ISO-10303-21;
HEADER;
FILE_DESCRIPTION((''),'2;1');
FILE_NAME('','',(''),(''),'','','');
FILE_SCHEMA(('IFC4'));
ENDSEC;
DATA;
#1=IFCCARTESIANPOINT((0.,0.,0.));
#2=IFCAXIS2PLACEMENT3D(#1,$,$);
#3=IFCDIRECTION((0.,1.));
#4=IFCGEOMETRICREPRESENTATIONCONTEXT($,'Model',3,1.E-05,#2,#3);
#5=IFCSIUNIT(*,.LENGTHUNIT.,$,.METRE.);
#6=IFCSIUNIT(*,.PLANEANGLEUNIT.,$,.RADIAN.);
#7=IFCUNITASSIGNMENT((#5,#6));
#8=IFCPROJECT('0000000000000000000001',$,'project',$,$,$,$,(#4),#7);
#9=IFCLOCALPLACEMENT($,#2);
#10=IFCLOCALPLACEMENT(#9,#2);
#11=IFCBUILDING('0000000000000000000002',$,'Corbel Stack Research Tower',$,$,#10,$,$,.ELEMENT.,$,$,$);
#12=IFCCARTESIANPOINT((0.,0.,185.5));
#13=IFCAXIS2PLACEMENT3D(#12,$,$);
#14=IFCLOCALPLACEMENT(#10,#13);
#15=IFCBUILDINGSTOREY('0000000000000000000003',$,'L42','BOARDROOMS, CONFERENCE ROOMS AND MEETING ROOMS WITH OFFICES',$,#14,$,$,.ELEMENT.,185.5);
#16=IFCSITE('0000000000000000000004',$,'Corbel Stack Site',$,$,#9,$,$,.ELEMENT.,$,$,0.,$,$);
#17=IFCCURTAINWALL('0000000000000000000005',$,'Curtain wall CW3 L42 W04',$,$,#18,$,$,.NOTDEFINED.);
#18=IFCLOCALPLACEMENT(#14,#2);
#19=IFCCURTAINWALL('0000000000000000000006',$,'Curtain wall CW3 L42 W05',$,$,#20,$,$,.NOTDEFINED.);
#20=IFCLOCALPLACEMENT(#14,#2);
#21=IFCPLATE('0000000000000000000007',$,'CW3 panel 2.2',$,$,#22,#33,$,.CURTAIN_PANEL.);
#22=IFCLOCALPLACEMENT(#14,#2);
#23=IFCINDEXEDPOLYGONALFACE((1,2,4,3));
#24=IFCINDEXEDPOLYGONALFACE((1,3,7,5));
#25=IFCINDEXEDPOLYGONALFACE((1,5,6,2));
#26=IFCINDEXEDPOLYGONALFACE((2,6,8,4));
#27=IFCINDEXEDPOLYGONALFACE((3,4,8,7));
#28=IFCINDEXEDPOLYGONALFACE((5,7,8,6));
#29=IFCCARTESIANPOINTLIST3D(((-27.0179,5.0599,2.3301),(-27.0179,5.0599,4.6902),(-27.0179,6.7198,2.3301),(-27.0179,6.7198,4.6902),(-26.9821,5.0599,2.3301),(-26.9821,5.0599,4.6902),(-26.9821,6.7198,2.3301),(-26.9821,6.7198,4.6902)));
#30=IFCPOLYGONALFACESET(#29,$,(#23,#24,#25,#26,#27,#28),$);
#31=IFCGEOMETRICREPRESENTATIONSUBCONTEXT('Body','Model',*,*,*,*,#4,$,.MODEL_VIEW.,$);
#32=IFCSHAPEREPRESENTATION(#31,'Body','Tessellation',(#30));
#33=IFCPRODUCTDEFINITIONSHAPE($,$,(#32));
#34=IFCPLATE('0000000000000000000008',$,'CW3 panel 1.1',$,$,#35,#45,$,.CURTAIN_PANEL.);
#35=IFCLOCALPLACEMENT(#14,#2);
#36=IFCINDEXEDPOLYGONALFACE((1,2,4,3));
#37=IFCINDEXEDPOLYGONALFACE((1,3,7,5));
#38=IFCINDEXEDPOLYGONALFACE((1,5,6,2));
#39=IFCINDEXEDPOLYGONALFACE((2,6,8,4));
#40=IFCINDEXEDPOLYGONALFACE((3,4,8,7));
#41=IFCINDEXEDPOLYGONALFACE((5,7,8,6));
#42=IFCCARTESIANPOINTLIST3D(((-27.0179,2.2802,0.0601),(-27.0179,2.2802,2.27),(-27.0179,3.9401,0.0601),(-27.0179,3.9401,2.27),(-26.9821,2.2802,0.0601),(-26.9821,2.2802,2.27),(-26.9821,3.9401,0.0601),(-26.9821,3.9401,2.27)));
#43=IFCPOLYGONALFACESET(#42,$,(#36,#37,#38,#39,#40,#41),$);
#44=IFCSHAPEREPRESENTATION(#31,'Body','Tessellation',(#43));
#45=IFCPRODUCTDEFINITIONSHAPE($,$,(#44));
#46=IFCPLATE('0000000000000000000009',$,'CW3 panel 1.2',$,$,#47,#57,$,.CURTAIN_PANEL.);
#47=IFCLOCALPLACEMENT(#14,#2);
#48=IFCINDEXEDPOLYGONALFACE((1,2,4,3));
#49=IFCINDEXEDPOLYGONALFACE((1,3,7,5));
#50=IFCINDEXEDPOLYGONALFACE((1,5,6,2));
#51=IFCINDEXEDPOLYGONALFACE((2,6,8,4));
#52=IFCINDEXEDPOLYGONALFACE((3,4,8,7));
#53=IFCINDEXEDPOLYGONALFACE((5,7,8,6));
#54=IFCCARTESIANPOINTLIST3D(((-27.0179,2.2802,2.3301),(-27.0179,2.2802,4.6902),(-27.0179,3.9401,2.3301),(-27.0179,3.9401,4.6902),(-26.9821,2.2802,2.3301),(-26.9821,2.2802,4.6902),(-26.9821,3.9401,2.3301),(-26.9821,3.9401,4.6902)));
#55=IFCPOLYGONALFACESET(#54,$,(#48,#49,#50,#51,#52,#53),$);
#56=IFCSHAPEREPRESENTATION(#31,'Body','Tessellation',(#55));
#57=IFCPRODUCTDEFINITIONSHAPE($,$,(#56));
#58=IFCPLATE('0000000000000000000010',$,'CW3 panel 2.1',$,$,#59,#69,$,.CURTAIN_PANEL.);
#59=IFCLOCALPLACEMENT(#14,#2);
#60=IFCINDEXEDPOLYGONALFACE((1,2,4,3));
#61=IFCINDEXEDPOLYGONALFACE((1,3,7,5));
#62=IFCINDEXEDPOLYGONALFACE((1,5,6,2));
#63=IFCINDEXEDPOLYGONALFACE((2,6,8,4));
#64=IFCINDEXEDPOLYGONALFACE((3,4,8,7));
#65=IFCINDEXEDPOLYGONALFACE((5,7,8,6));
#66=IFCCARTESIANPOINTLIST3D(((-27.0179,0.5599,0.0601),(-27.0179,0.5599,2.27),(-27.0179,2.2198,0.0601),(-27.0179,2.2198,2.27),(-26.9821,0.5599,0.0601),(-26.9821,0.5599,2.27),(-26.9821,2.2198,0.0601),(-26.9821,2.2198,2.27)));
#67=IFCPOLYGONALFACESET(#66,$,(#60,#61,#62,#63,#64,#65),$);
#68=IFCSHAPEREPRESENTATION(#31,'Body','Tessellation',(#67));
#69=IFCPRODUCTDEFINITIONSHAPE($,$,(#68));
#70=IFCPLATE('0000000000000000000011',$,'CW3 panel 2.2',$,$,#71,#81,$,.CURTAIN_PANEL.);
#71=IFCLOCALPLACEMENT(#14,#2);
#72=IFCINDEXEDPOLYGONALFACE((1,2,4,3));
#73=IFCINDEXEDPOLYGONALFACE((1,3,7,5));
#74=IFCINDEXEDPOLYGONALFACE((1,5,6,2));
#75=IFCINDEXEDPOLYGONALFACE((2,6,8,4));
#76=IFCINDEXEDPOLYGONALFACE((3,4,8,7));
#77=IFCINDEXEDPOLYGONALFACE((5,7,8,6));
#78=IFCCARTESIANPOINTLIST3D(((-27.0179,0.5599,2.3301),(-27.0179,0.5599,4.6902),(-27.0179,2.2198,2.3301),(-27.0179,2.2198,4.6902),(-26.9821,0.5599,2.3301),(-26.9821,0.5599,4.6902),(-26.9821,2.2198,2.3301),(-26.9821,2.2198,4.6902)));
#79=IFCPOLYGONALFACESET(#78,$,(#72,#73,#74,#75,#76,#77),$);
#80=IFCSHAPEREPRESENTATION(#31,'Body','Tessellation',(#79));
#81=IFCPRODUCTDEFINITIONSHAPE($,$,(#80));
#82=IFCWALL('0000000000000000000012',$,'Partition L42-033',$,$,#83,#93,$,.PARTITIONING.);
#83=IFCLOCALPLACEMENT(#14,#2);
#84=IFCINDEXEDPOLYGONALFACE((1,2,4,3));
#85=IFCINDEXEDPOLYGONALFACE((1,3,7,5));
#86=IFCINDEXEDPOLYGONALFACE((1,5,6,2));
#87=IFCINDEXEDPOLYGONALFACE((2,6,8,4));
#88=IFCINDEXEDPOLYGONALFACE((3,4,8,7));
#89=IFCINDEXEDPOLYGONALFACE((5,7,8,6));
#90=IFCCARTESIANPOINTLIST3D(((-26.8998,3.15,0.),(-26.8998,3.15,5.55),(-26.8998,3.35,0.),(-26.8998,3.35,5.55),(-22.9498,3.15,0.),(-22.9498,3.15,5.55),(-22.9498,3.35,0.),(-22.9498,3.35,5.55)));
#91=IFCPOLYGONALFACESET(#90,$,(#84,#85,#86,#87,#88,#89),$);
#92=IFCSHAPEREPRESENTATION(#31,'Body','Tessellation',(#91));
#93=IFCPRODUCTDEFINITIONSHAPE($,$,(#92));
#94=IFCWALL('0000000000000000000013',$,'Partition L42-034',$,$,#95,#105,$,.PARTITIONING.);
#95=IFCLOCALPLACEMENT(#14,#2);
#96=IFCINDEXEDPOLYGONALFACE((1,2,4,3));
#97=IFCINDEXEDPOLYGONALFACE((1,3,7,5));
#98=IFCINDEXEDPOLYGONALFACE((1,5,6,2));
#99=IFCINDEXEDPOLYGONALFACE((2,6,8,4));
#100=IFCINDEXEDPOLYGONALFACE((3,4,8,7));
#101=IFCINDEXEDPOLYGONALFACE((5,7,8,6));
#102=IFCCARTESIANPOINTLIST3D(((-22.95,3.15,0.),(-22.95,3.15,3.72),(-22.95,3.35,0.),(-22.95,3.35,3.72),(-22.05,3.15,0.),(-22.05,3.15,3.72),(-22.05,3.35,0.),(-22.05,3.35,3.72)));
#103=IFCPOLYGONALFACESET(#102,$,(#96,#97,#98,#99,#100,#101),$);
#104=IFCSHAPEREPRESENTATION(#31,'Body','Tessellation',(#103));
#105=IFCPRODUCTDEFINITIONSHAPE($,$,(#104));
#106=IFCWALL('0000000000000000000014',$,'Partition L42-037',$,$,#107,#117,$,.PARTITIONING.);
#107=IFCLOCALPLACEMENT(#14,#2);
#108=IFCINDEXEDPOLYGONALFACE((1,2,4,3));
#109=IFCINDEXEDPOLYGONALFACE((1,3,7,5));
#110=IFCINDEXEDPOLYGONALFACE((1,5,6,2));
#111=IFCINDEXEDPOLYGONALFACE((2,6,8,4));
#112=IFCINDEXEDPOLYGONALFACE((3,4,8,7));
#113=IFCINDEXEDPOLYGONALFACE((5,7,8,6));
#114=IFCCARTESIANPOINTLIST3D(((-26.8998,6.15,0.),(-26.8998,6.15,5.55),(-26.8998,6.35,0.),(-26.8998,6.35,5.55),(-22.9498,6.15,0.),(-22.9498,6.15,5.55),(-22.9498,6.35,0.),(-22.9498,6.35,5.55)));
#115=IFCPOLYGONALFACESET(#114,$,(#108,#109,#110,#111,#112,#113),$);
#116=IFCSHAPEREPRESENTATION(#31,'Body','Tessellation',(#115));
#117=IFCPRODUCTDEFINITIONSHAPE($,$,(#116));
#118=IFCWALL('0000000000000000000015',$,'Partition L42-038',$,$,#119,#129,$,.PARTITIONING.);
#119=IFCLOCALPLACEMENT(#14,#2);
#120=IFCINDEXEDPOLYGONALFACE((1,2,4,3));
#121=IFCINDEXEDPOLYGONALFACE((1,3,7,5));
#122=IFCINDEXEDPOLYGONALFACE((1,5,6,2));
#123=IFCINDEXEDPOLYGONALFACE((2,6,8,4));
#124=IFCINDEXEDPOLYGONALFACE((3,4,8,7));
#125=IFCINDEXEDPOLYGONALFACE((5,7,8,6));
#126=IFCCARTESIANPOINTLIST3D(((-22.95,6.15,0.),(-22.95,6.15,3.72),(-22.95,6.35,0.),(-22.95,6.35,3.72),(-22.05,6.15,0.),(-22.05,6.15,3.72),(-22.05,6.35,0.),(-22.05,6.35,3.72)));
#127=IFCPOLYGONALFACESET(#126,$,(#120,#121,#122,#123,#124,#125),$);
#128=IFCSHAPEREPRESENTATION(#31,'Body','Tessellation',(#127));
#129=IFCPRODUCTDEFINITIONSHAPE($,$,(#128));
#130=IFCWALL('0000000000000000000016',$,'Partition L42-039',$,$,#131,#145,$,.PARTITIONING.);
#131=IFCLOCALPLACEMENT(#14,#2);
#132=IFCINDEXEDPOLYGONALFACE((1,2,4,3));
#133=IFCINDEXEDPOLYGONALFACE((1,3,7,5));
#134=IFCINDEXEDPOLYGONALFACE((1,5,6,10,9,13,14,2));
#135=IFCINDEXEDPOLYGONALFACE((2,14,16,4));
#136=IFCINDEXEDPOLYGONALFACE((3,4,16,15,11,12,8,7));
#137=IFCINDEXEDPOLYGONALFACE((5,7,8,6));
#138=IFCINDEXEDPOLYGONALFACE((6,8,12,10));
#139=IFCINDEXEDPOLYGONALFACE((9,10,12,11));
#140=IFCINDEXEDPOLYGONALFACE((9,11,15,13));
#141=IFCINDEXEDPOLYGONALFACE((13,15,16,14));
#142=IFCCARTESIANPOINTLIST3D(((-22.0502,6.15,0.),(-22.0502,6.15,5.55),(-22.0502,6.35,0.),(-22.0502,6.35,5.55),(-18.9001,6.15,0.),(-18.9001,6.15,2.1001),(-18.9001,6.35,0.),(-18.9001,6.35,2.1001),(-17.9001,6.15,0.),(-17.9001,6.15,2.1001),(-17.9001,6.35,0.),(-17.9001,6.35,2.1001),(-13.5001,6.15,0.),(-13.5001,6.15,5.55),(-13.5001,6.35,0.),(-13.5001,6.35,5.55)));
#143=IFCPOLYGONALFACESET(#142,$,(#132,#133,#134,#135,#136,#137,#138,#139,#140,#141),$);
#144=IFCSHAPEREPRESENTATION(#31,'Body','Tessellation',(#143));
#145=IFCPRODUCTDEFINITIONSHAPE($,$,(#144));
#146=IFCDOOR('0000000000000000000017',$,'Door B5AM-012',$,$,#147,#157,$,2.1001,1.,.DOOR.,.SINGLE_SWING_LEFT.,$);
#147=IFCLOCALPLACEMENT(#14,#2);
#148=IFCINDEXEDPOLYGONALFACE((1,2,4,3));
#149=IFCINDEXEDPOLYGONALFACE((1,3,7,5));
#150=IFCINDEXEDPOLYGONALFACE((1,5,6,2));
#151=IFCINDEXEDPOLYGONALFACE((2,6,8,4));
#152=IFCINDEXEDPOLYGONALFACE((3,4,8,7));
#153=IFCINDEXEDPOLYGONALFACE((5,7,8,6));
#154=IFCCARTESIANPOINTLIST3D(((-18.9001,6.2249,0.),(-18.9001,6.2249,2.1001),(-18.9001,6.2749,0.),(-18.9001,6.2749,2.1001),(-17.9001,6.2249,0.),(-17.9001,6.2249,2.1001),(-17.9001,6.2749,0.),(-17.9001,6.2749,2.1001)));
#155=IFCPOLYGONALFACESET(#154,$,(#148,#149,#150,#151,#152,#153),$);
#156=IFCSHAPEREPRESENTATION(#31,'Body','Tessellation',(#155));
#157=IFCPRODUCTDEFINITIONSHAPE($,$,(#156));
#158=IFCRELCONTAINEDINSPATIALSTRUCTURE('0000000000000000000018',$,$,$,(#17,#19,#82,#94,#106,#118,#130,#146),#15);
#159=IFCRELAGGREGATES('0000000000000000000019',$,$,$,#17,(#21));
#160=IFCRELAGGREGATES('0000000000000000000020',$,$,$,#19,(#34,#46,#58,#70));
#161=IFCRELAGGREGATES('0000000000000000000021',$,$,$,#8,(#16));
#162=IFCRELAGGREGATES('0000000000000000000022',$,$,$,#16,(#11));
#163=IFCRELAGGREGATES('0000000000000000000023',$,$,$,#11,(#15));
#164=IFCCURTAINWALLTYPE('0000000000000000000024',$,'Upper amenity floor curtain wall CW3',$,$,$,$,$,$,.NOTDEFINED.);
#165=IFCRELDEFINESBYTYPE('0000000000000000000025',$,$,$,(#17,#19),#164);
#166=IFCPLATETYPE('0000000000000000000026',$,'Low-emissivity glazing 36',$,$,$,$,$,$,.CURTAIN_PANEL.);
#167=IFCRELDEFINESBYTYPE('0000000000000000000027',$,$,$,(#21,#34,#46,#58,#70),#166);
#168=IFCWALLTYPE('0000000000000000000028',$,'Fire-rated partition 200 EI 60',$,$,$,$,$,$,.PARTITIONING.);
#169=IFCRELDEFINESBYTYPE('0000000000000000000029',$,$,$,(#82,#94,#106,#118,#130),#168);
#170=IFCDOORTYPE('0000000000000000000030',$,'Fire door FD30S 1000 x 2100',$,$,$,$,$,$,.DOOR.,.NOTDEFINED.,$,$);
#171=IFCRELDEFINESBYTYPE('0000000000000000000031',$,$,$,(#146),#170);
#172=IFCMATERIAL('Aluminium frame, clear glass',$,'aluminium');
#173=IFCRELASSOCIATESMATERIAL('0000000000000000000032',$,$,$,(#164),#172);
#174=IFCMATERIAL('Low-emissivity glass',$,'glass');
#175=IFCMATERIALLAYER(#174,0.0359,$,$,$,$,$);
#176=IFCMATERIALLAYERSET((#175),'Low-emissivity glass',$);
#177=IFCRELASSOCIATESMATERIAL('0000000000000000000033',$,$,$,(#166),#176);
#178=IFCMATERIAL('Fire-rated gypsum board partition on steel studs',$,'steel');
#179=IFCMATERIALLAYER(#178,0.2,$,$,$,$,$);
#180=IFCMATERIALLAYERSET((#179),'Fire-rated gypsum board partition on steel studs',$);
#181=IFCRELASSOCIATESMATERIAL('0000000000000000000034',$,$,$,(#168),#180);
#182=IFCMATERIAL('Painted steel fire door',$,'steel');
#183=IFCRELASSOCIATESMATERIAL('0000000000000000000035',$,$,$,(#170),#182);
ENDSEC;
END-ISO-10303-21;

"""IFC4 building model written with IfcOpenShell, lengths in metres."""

from ifc_helpers import new_model, si_unit, direction, frame, frame_2d, origin, origin_2d, place, context, subcontext, project, spatial, rectangle, extrude, material, layer, layer_set, type_object, element, fill, aggregate, save


model = new_model("IFC4")

# Units and contexts
model_context = context("Model", 3, precision=1e-05, world=origin(), true_north=direction((0.0, 1.0)))
body_context = subcontext(model_context, "Body", "Model", "MODEL_VIEW")
ifc_project = project(units=[si_unit("LENGTHUNIT", "METRE"), si_unit("PLANEANGLEUNIT", "RADIAN")], contexts=[model_context])

# Site, building, storey
site_placement = place(None, origin())
site = spatial("IfcSite", under=ifc_project, at=site_placement, Name="Corbel Stack Site", CompositionType="ELEMENT", RefElevation=0.0)
building_placement = place(site_placement, origin())
building = spatial("IfcBuilding", under=site, at=building_placement, Name="Corbel Stack Research Tower", CompositionType="ELEMENT")
storey_placement = place(building_placement, frame((0.0, 0.0, 185.5)))
storey = spatial("IfcBuildingStorey", under=building, at=storey_placement, Name="L42", Description="BOARDROOMS, CONFERENCE ROOMS AND MEETING ROOMS WITH OFFICES", CompositionType="ELEMENT", Elevation=185.5)

# Curtain wall
ifc_material_1 = material(Name="Aluminium frame, clear glass", Category="aluminium")
curtain_wall_type = type_object("IfcCurtainWallType", Name="Upper amenity floor curtain wall CW3", PredefinedType="NOTDEFINED", material=ifc_material_1)
curtain_wall_1_placement = place(storey_placement, origin())
curtain_wall_1 = element("IfcCurtainWall", 1, at=curtain_wall_1_placement, inside=storey, type_object=curtain_wall_type, Name="Curtain wall CW3 L42 W04", PredefinedType="NOTDEFINED")

# Curtain wall
curtain_wall_2_placement = place(storey_placement, origin())
curtain_wall_2 = element("IfcCurtainWall", 2, at=curtain_wall_2_placement, inside=storey, type_object=curtain_wall_type, Name="Curtain wall CW3 L42 W05", PredefinedType="NOTDEFINED")

# Plates
ifc_material_2 = material(Name="Low-emissivity glass", Category="glass")
ifc_layer_1 = layer(ifc_material_2, 0.0359)
ifc_layer_set_1 = layer_set([ifc_layer_1], Name="Low-emissivity glass")
plate_type = type_object("IfcPlateType", Name="Low-emissivity glazing 36", PredefinedType="CURTAIN_PANEL", material=ifc_layer_set_1)
plate_1_placement = place(storey_placement, frame((-27.0, 5.8899, 2.3301), z_axis=(0.0, 0.0, 1.0), x_axis=(0.0, -1.0, 0.0)))
plate_1 = element("IfcPlate", 3, at=plate_1_placement, type_object=plate_type, Name="CW3 panel 2.2", PredefinedType="CURTAIN_PANEL", context=body_context, shape_type="SweptSolid", body=[
    extrude(rectangle(XDim=1.6599, YDim=0.0359, at=origin_2d()), origin(), (0.0, 0.0, 1.0), 2.3601),
])
aggregate(curtain_wall_1, [plate_1])
plate_2_placement = place(storey_placement, frame((-27.0, 3.1101, 0.0601), z_axis=(0.0, 0.0, 1.0), x_axis=(0.0, -1.0, 0.0)))
plate_2 = element("IfcPlate", 4, at=plate_2_placement, type_object=plate_type, Name="CW3 panel 1.1", PredefinedType="CURTAIN_PANEL", context=body_context, shape_type="SweptSolid", body=[
    extrude(rectangle(XDim=1.6599, YDim=0.0359, at=origin_2d()), origin(), (0.0, 0.0, 1.0), 2.21),
])
plate_3_placement = place(storey_placement, frame((-27.0, 3.1101, 2.3301), z_axis=(0.0, 0.0, 1.0), x_axis=(0.0, -1.0, 0.0)))
plate_3 = element("IfcPlate", 5, at=plate_3_placement, type_object=plate_type, Name="CW3 panel 1.2", PredefinedType="CURTAIN_PANEL", context=body_context, shape_type="SweptSolid", body=[
    extrude(rectangle(XDim=1.6599, YDim=0.0359, at=origin_2d()), origin(), (0.0, 0.0, 1.0), 2.3601),
])
plate_4_placement = place(storey_placement, frame((-27.0, 1.3899, 0.0601), z_axis=(0.0, 0.0, 1.0), x_axis=(0.0, -1.0, 0.0)))
plate_4 = element("IfcPlate", 6, at=plate_4_placement, type_object=plate_type, Name="CW3 panel 2.1", PredefinedType="CURTAIN_PANEL", context=body_context, shape_type="SweptSolid", body=[
    extrude(rectangle(XDim=1.6599, YDim=0.0359, at=origin_2d()), origin(), (0.0, 0.0, 1.0), 2.21),
])
plate_5_placement = place(storey_placement, frame((-27.0, 1.3899, 2.3301), z_axis=(0.0, 0.0, 1.0), x_axis=(0.0, -1.0, 0.0)))
plate_5 = element("IfcPlate", 7, at=plate_5_placement, type_object=plate_type, Name="CW3 panel 2.2", PredefinedType="CURTAIN_PANEL", context=body_context, shape_type="SweptSolid", body=[
    extrude(rectangle(XDim=1.6599, YDim=0.0359, at=origin_2d()), origin(), (0.0, 0.0, 1.0), 2.3601),
])
aggregate(curtain_wall_2, [plate_2, plate_3, plate_4, plate_5])

# Walls
ifc_material_3 = material(Name="Fire-rated gypsum board partition on steel studs", Category="steel")
ifc_layer_2 = layer(ifc_material_3, 0.2)
ifc_layer_set_2 = layer_set([ifc_layer_2], Name="Fire-rated gypsum board partition on steel studs")
wall_type = type_object("IfcWallType", Name="Fire-rated partition 200 EI 60", PredefinedType="PARTITIONING", material=ifc_layer_set_2)
wall_1_placement = place(storey_placement, frame((-26.8999, 3.25, 0.0), z_axis=(0.0, 0.0, 1.0), x_axis=(1.0, 0.0, 0.0)))
element("IfcWall", 8, at=wall_1_placement, inside=storey, type_object=wall_type, Name="Partition L42-033", PredefinedType="PARTITIONING", context=body_context, shape_type="SweptSolid", body=[
    extrude(rectangle(XDim=3.95, YDim=0.2, at=frame_2d((1.9751, 0.0))), origin(), (0.0, 0.0, 1.0), 5.55),
])
wall_2_placement = place(storey_placement, frame((-22.95, 3.25, 0.0), z_axis=(0.0, 0.0, 1.0), x_axis=(1.0, 0.0, 0.0)))
element("IfcWall", 9, at=wall_2_placement, inside=storey, type_object=wall_type, Name="Partition L42-034", PredefinedType="PARTITIONING", context=body_context, shape_type="SweptSolid", body=[
    extrude(rectangle(XDim=0.8999, YDim=0.2, at=frame_2d((0.45, 0.0))), origin(), (0.0, 0.0, 1.0), 3.72),
])
wall_3_placement = place(storey_placement, frame((-26.8999, 6.25, 0.0), z_axis=(0.0, 0.0, 1.0), x_axis=(1.0, 0.0, 0.0)))
element("IfcWall", 10, at=wall_3_placement, inside=storey, type_object=wall_type, Name="Partition L42-037", PredefinedType="PARTITIONING", context=body_context, shape_type="SweptSolid", body=[
    extrude(rectangle(XDim=3.95, YDim=0.2, at=frame_2d((1.9751, 0.0))), origin(), (0.0, 0.0, 1.0), 5.55),
])
wall_4_placement = place(storey_placement, frame((-22.95, 6.25, 0.0), z_axis=(0.0, 0.0, 1.0), x_axis=(1.0, 0.0, 0.0)))
element("IfcWall", 11, at=wall_4_placement, inside=storey, type_object=wall_type, Name="Partition L42-038", PredefinedType="PARTITIONING", context=body_context, shape_type="SweptSolid", body=[
    extrude(rectangle(XDim=0.8999, YDim=0.2, at=frame_2d((0.45, 0.0))), origin(), (0.0, 0.0, 1.0), 3.72),
])

# Wall, opening, door
wall_5_placement = place(storey_placement, frame((-22.05, 6.25, 0.0), z_axis=(0.0, 0.0, 1.0), x_axis=(1.0, 0.0, 0.0)))
wall_5 = element("IfcWall", 12, at=wall_5_placement, inside=storey, type_object=wall_type, Name="Partition L42-039", PredefinedType="PARTITIONING", context=body_context, shape_type="SweptSolid", body=[
    extrude(rectangle(XDim=8.55, YDim=0.2, at=frame_2d((4.2749, 0.0))), origin(), (0.0, 0.0, 1.0), 5.55),
])
opening_placement = place(wall_5_placement, frame((3.1499, 0.0, 0.0)))
opening = element("IfcOpeningElement", 13, at=opening_placement, cuts=wall_5, PredefinedType="OPENING", context=body_context, shape_type="SweptSolid", body=[
    extrude(rectangle(XDim=1.0, YDim=2.1001, at=frame_2d((0.5, 1.05))), frame((0.0, 0.1099, 0.0), z_axis=(0.0, -1.0, 0.0), x_axis=(1.0, 0.0, 0.0)), (0.0, 0.0, 1.0), 0.22),
])
ifc_material_4 = material(Name="Painted steel fire door", Category="steel")
door_type = type_object("IfcDoorType", Name="Fire door FD30S 1000 x 2100", OperationType="NOTDEFINED", PredefinedType="DOOR", material=ifc_material_4)
door_placement = place(opening_placement, origin())
door = element("IfcDoor", 14, at=door_placement, inside=storey, type_object=door_type, Name="Door B5AM-012", OperationType="SINGLE_SWING_LEFT", OverallHeight=2.1001, OverallWidth=1.0, PredefinedType="DOOR", context=body_context, shape_type="SweptSolid", body=[
    extrude(rectangle(XDim=1.0, YDim=2.1001, at=frame_2d((0.5, 1.05))), frame((0.0, 0.0249, 0.0), z_axis=(0.0, -1.0, 0.0), x_axis=(1.0, 0.0, 0.0)), (0.0, 0.0, 1.0), 0.05),
])
fill(opening, door)

save(model, "model.ifc")
